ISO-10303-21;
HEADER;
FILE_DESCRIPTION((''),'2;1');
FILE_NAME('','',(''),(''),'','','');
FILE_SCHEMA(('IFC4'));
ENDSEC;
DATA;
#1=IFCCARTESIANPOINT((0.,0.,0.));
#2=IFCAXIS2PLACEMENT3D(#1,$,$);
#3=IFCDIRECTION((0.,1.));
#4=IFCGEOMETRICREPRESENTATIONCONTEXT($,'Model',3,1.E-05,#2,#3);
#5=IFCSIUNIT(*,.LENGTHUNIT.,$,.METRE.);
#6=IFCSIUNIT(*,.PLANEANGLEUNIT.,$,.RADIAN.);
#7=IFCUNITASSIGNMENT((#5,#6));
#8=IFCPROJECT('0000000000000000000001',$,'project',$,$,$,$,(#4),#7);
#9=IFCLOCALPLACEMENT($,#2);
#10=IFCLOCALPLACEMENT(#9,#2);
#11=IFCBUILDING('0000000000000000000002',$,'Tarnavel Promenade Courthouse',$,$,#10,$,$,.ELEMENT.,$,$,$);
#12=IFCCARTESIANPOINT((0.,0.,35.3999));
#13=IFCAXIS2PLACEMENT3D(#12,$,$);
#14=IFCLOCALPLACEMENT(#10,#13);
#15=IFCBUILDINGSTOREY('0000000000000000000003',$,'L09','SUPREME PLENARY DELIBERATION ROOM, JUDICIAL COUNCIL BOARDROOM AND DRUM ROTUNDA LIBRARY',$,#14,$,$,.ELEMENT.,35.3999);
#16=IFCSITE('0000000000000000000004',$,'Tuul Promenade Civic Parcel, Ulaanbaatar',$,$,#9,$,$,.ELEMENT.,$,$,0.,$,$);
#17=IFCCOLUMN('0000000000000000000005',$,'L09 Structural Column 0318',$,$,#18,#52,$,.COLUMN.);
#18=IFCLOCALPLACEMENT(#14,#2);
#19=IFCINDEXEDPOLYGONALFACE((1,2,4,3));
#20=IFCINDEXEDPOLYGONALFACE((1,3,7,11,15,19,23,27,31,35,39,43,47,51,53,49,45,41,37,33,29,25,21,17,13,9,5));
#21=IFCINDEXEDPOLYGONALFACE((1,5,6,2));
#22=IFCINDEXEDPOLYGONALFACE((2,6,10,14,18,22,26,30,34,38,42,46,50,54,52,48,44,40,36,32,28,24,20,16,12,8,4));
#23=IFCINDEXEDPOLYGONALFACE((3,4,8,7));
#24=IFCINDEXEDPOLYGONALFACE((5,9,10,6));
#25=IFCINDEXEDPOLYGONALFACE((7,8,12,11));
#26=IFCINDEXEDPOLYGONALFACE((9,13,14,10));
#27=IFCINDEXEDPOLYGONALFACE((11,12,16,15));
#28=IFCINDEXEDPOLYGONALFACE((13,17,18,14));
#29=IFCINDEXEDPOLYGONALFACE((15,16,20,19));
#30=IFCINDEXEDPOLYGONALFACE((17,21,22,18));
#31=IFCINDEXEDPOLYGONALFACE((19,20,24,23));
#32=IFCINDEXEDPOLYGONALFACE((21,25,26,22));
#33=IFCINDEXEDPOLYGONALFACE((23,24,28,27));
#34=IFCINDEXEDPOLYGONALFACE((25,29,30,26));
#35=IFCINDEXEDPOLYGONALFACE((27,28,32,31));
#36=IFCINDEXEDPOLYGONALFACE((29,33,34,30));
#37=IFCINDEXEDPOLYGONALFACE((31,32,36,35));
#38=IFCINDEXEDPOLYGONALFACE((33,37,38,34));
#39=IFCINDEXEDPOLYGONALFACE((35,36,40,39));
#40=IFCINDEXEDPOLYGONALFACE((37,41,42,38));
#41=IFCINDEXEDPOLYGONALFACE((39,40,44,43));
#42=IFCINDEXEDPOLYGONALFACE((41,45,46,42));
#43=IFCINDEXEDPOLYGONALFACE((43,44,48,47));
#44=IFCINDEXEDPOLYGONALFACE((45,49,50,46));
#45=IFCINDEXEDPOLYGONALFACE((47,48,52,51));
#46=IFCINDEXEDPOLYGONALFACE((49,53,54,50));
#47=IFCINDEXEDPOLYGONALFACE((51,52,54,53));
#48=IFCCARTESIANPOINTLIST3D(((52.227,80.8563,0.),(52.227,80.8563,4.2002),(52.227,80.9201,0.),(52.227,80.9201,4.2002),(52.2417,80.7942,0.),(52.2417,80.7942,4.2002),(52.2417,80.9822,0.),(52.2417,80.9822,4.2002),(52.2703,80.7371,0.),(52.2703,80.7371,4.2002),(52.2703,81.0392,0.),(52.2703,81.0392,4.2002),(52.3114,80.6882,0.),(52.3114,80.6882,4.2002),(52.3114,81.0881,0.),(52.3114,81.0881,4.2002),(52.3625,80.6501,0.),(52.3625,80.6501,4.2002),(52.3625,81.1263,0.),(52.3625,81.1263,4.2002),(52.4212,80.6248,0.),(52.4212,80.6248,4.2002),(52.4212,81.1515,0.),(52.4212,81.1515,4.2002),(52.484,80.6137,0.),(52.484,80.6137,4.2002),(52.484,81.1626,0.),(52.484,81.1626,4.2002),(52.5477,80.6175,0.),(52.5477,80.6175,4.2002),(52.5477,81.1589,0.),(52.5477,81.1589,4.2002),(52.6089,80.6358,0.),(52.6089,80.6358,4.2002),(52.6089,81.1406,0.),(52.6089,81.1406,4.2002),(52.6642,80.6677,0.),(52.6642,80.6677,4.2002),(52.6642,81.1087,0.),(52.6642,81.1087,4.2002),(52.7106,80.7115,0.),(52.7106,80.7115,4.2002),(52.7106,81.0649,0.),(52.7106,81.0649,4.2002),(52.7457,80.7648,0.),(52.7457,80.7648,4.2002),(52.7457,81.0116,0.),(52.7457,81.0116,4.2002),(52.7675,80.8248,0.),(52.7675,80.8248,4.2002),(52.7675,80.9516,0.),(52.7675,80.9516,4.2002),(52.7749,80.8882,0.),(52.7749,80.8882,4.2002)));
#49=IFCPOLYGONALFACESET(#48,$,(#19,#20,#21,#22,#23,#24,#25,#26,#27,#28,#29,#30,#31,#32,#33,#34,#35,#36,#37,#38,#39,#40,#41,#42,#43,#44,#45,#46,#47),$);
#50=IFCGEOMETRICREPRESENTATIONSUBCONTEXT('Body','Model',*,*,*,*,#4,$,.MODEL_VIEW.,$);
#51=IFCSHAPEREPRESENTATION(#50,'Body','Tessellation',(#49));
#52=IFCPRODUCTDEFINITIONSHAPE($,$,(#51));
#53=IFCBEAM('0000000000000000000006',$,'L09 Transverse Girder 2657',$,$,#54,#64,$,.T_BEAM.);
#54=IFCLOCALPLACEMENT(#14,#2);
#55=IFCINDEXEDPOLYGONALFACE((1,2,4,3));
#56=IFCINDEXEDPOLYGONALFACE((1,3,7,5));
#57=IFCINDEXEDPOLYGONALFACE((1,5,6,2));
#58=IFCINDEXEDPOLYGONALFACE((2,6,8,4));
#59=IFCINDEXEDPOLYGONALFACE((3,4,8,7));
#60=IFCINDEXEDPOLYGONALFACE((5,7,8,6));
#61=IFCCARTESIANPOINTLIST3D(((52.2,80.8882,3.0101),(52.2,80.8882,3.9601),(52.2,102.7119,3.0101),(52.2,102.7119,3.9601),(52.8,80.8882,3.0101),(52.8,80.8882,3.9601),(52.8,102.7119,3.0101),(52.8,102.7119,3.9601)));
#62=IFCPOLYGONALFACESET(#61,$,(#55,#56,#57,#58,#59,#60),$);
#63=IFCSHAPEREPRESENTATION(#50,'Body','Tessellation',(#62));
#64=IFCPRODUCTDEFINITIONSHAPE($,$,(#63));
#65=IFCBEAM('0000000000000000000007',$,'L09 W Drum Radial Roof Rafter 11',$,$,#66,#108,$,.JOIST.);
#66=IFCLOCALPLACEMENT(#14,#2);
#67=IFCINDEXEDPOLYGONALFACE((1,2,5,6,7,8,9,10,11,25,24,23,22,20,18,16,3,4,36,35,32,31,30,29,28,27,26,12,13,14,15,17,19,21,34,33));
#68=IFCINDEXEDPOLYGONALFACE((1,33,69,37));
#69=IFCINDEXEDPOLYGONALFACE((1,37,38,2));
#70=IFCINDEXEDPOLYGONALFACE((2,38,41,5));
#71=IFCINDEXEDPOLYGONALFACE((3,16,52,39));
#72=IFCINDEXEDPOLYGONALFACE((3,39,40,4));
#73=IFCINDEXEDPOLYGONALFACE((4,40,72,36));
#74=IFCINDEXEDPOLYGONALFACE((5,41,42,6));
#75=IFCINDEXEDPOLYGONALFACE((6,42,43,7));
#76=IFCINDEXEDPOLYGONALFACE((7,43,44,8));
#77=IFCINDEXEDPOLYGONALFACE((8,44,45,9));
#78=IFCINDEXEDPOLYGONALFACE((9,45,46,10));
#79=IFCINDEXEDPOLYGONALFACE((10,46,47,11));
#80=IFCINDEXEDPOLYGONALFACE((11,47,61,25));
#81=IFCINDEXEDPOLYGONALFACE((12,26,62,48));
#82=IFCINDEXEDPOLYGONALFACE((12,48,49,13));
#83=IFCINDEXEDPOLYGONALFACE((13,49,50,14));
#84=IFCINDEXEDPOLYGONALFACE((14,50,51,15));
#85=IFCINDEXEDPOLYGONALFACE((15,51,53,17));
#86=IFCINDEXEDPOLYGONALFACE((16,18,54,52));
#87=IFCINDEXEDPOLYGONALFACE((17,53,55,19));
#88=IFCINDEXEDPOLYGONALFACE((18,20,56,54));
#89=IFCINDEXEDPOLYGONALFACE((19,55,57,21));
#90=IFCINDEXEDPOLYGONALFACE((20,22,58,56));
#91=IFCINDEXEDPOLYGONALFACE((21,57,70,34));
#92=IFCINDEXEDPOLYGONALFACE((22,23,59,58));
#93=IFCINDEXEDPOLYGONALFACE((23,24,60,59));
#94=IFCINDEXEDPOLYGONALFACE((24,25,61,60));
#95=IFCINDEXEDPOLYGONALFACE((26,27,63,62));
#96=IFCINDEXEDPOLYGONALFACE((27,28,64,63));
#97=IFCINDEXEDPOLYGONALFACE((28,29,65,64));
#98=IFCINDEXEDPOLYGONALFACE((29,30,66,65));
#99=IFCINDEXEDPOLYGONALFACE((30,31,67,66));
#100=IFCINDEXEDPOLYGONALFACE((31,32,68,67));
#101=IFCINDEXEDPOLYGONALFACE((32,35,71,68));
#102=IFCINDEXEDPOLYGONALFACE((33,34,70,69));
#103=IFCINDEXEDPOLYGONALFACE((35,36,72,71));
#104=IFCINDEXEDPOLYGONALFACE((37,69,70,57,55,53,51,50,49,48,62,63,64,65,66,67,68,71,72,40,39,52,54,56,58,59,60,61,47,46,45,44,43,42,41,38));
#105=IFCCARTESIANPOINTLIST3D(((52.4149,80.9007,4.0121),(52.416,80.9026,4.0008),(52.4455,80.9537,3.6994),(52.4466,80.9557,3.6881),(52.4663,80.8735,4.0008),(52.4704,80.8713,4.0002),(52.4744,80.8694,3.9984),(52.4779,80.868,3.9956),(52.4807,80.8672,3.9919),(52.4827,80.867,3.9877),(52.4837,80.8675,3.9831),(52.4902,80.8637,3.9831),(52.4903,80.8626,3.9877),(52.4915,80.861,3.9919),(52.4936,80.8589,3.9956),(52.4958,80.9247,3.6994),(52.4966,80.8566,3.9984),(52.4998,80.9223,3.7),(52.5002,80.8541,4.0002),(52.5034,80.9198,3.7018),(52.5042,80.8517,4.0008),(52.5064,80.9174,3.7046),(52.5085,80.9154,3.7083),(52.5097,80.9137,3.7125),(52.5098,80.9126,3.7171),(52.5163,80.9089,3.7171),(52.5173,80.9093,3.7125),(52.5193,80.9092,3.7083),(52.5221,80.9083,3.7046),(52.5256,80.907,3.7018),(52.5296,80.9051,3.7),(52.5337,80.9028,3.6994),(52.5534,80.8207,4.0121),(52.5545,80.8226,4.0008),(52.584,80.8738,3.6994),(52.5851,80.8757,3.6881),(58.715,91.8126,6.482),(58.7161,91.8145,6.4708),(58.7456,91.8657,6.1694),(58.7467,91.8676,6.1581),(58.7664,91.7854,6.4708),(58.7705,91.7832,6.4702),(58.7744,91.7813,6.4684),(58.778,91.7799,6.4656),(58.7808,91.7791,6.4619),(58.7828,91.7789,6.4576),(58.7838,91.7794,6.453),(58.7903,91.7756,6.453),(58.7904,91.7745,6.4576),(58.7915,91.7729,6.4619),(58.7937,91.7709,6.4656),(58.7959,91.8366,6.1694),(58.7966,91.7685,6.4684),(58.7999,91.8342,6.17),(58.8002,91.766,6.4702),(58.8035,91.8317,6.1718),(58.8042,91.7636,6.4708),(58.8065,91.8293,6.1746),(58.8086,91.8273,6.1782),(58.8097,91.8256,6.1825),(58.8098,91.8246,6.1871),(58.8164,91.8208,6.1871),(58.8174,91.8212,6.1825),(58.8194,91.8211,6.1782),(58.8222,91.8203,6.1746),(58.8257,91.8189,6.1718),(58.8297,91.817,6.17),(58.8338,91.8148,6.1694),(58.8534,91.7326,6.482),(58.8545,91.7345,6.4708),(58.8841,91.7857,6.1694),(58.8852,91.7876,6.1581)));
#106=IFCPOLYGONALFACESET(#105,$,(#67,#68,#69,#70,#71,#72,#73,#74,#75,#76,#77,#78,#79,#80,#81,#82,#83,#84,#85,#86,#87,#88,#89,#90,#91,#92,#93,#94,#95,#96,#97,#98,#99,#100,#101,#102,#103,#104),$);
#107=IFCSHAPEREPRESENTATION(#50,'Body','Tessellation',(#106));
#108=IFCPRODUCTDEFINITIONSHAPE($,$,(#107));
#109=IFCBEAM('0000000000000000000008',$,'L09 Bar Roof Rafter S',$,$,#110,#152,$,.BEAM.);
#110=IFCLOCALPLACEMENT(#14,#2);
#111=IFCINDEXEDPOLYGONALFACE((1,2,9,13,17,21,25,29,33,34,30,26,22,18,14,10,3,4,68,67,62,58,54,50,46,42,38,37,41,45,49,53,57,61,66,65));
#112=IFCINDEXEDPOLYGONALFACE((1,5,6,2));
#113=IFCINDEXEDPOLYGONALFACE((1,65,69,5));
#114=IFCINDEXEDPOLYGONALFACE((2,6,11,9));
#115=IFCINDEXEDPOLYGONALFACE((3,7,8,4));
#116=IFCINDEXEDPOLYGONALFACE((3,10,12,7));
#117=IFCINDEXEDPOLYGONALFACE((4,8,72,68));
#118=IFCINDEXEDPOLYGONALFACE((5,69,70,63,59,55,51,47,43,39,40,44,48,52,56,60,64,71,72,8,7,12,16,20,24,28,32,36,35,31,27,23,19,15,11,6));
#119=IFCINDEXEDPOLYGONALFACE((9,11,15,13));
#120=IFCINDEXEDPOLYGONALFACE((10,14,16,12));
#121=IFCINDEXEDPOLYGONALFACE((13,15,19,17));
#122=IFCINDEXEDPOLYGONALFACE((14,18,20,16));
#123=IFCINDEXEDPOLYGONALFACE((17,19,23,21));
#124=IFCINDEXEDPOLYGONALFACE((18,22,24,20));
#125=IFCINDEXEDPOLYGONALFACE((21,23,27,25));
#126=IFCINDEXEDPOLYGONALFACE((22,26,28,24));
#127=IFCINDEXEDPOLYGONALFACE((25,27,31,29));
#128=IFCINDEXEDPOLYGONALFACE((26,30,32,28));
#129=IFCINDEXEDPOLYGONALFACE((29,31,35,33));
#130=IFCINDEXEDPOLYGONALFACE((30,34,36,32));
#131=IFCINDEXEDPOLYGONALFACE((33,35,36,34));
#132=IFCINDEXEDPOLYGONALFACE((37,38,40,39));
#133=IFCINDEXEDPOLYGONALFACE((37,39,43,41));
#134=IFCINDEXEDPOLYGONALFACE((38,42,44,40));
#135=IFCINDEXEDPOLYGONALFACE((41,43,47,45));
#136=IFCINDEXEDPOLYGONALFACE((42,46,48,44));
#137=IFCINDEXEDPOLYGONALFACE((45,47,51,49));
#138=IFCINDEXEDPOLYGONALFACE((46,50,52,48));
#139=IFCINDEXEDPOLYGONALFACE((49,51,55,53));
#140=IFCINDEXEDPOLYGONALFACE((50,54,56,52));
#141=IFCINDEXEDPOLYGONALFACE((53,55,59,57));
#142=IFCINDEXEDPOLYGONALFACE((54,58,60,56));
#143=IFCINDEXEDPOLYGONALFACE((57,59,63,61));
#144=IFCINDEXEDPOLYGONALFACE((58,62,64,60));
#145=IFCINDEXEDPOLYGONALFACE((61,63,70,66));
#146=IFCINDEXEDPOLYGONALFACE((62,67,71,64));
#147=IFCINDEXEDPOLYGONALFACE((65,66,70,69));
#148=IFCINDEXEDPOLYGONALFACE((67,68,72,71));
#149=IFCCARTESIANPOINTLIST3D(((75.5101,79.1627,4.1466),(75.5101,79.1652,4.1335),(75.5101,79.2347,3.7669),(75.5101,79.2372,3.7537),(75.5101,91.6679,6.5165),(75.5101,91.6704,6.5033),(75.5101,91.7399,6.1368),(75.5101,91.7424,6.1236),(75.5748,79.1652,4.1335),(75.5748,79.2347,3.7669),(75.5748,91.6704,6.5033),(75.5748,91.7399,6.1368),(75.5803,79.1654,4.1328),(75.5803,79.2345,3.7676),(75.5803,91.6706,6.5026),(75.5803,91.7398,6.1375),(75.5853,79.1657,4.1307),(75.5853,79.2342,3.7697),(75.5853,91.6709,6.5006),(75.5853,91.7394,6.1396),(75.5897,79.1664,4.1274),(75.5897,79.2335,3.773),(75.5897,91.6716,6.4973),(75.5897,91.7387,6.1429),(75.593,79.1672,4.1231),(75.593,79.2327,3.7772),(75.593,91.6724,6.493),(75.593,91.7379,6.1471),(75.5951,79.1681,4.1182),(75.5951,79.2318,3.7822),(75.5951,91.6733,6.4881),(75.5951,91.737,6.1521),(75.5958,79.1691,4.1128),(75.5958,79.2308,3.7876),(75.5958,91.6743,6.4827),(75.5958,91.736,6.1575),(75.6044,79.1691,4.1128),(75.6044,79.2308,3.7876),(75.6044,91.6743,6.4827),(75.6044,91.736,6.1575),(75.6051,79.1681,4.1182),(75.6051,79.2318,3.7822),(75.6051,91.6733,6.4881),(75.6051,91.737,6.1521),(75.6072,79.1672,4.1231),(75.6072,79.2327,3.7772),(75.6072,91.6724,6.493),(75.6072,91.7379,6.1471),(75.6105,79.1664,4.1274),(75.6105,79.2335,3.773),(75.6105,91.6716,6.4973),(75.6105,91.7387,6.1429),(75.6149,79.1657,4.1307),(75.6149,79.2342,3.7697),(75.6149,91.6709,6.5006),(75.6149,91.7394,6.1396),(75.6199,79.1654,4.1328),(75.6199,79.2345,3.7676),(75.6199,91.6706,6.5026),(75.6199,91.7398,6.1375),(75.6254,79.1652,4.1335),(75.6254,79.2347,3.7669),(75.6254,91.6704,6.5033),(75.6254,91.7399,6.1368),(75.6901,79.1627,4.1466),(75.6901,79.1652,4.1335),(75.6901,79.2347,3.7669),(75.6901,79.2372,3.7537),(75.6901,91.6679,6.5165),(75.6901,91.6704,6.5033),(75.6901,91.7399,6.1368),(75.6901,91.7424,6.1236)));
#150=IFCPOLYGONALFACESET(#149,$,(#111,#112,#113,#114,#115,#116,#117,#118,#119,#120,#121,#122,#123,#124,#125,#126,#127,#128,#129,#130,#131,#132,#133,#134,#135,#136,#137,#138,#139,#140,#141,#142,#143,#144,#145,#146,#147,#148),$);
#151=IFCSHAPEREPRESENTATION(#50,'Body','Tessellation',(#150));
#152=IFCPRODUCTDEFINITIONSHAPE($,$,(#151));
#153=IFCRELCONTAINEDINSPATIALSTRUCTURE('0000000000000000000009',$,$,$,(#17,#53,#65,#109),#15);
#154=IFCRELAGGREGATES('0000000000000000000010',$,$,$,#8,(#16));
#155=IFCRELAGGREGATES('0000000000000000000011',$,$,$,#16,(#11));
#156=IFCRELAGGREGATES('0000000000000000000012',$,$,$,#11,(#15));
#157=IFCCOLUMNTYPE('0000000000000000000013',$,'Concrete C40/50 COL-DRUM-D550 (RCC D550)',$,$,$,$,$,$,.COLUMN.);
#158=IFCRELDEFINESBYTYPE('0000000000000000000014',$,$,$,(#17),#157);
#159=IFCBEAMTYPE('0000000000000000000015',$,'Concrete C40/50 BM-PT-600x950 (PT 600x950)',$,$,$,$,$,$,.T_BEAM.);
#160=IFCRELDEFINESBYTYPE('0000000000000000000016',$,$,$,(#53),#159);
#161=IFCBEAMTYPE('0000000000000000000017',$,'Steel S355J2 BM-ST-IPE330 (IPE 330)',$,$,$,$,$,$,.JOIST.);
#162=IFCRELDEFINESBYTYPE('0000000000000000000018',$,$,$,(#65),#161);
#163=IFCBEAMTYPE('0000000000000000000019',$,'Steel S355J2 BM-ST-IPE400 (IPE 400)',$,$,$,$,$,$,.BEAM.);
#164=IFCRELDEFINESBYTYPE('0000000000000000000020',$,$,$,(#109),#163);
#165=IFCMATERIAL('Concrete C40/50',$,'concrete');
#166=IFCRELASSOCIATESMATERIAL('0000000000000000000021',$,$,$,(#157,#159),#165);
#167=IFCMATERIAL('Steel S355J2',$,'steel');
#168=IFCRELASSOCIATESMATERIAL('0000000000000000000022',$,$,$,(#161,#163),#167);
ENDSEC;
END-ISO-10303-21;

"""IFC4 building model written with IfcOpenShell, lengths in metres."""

from ifc_helpers import new_model, si_unit, direction, frame, origin, origin_2d, place, context, subcontext, project, spatial, rectangle, circle, i_section, extrude, material, material_profile, profile_set, type_object, element, save


model = new_model("IFC4")

# Units and contexts
model_context = context("Model", 3, precision=1e-05, world=origin(), true_north=direction((0.0, 1.0)))
body_context = subcontext(model_context, "Body", "Model", "MODEL_VIEW")
ifc_project = project(units=[si_unit("LENGTHUNIT", "METRE"), si_unit("PLANEANGLEUNIT", "RADIAN")], contexts=[model_context])

# Site, building, storey
site_placement = place(None, origin())
site = spatial("IfcSite", under=ifc_project, at=site_placement, Name="Tuul Promenade Civic Parcel, Ulaanbaatar", CompositionType="ELEMENT", RefElevation=0.0)
building_placement = place(site_placement, origin())
building = spatial("IfcBuilding", under=site, at=building_placement, Name="Tarnavel Promenade Courthouse", CompositionType="ELEMENT")
storey_placement = place(building_placement, frame((0.0, 0.0, 35.3999)))
storey = spatial("IfcBuildingStorey", under=building, at=storey_placement, Name="L09", Description="SUPREME PLENARY DELIBERATION ROOM, JUDICIAL COUNCIL BOARDROOM AND DRUM ROTUNDA LIBRARY", CompositionType="ELEMENT", Elevation=35.3999)

# Column
ifc_material_1 = material(Name="Concrete C40/50", Category="concrete")
ifc_material_profile_1 = material_profile(ifc_material_1, circle(Radius=0.2749, at=origin_2d()), Name="RCC D550")
ifc_profile_set_1 = profile_set([ifc_material_profile_1], Name="Concrete C40/50")
column_type = type_object("IfcColumnType", Name="Concrete C40/50 COL-DRUM-D550 (RCC D550)", PredefinedType="COLUMN", material=ifc_profile_set_1)
column_placement = place(storey_placement, frame((52.5, 80.8882, 0.0), z_axis=(0.0, 0.0, 1.0), x_axis=(1.0, 0.0, 0.0)))
element("IfcColumn", 1, at=column_placement, inside=storey, type_object=column_type, Name="L09 Structural Column 0318", PredefinedType="COLUMN", context=body_context, shape_type="SweptSolid", body=[
    extrude(circle(Radius=0.2749, at=origin_2d()), origin(), (0.0, 0.0, 1.0), 4.2002),
])

# Beams
ifc_material_profile_2 = material_profile(ifc_material_1, rectangle(XDim=0.6001, YDim=0.95, at=origin_2d()), Name="PT 600x950")
ifc_profile_set_2 = profile_set([ifc_material_profile_2], Name="Concrete C40/50")
beam_type_1 = type_object("IfcBeamType", Name="Concrete C40/50 BM-PT-600x950 (PT 600x950)", PredefinedType="T_BEAM", material=ifc_profile_set_2)
beam_1_placement = place(storey_placement, frame((52.5, 80.8882, 3.4851), z_axis=(0.0, 1.0, 0.0), x_axis=(-1.0, 0.0, 0.0)))
element("IfcBeam", 2, at=beam_1_placement, inside=storey, type_object=beam_type_1, Name="L09 Transverse Girder 2657", PredefinedType="T_BEAM", context=body_context, shape_type="SweptSolid", body=[
    extrude(rectangle(XDim=0.6001, YDim=0.95, at=origin_2d()), origin(), (0.0, 0.0, 1.0), 21.8237),
])
ifc_material_2 = material(Name="Steel S355J2", Category="steel")
ifc_material_profile_3 = material_profile(ifc_material_2, i_section(OverallWidth=0.1599, OverallDepth=0.3301, WebThickness=0.0076, FlangeThickness=0.0115, FilletRadius=0.0181, at=origin_2d()), Name="IPE 330")
ifc_profile_set_3 = profile_set([ifc_material_profile_3], Name="Steel S355J2")
beam_type_2 = type_object("IfcBeamType", Name="Steel S355J2 BM-ST-IPE330 (IPE 330)", PredefinedType="JOIST", material=ifc_profile_set_3)
beam_2_placement = place(storey_placement, frame((52.5, 80.8882, 3.8501), z_axis=(0.490666, 0.849848, 0.192368), x_axis=(-0.866023, 0.500005, 0.0)))
element("IfcBeam", 3, at=beam_2_placement, inside=storey, type_object=beam_type_2, Name="L09 W Drum Radial Roof Rafter 11", PredefinedType="JOIST", context=body_context, shape_type="SweptSolid", body=[
    extrude(i_section(OverallWidth=0.1599, OverallDepth=0.3301, WebThickness=0.0076, FlangeThickness=0.0115, FilletRadius=0.0181, at=origin_2d()), origin(), (0.0, 0.0, 1.0), 12.8398),
])
ifc_material_profile_4 = material_profile(ifc_material_2, i_section(OverallWidth=0.1799, OverallDepth=0.3999, WebThickness=0.0085, FlangeThickness=0.0134, FilletRadius=0.021, at=origin_2d()), Name="IPE 400")
ifc_profile_set_4 = profile_set([ifc_material_profile_4], Name="Steel S355J2")
beam_type_3 = type_object("IfcBeamType", Name="Steel S355J2 BM-ST-IPE400 (IPE 400)", PredefinedType="BEAM", material=ifc_profile_set_4)
beam_3_placement = place(storey_placement, frame((75.6001, 79.2, 3.9502), z_axis=(0.0, 0.982512, 0.186198), x_axis=(-1.0, 0.0, 0.0)))
element("IfcBeam", 4, at=beam_3_placement, inside=storey, type_object=beam_type_3, Name="L09 Bar Roof Rafter S", PredefinedType="BEAM", context=body_context, shape_type="SweptSolid", body=[
    extrude(i_section(OverallWidth=0.1799, OverallDepth=0.3999, WebThickness=0.0085, FlangeThickness=0.0134, FilletRadius=0.021, at=origin_2d()), origin(), (0.0, 0.0, 1.0), 12.7278),
])

save(model, "model.ifc")
